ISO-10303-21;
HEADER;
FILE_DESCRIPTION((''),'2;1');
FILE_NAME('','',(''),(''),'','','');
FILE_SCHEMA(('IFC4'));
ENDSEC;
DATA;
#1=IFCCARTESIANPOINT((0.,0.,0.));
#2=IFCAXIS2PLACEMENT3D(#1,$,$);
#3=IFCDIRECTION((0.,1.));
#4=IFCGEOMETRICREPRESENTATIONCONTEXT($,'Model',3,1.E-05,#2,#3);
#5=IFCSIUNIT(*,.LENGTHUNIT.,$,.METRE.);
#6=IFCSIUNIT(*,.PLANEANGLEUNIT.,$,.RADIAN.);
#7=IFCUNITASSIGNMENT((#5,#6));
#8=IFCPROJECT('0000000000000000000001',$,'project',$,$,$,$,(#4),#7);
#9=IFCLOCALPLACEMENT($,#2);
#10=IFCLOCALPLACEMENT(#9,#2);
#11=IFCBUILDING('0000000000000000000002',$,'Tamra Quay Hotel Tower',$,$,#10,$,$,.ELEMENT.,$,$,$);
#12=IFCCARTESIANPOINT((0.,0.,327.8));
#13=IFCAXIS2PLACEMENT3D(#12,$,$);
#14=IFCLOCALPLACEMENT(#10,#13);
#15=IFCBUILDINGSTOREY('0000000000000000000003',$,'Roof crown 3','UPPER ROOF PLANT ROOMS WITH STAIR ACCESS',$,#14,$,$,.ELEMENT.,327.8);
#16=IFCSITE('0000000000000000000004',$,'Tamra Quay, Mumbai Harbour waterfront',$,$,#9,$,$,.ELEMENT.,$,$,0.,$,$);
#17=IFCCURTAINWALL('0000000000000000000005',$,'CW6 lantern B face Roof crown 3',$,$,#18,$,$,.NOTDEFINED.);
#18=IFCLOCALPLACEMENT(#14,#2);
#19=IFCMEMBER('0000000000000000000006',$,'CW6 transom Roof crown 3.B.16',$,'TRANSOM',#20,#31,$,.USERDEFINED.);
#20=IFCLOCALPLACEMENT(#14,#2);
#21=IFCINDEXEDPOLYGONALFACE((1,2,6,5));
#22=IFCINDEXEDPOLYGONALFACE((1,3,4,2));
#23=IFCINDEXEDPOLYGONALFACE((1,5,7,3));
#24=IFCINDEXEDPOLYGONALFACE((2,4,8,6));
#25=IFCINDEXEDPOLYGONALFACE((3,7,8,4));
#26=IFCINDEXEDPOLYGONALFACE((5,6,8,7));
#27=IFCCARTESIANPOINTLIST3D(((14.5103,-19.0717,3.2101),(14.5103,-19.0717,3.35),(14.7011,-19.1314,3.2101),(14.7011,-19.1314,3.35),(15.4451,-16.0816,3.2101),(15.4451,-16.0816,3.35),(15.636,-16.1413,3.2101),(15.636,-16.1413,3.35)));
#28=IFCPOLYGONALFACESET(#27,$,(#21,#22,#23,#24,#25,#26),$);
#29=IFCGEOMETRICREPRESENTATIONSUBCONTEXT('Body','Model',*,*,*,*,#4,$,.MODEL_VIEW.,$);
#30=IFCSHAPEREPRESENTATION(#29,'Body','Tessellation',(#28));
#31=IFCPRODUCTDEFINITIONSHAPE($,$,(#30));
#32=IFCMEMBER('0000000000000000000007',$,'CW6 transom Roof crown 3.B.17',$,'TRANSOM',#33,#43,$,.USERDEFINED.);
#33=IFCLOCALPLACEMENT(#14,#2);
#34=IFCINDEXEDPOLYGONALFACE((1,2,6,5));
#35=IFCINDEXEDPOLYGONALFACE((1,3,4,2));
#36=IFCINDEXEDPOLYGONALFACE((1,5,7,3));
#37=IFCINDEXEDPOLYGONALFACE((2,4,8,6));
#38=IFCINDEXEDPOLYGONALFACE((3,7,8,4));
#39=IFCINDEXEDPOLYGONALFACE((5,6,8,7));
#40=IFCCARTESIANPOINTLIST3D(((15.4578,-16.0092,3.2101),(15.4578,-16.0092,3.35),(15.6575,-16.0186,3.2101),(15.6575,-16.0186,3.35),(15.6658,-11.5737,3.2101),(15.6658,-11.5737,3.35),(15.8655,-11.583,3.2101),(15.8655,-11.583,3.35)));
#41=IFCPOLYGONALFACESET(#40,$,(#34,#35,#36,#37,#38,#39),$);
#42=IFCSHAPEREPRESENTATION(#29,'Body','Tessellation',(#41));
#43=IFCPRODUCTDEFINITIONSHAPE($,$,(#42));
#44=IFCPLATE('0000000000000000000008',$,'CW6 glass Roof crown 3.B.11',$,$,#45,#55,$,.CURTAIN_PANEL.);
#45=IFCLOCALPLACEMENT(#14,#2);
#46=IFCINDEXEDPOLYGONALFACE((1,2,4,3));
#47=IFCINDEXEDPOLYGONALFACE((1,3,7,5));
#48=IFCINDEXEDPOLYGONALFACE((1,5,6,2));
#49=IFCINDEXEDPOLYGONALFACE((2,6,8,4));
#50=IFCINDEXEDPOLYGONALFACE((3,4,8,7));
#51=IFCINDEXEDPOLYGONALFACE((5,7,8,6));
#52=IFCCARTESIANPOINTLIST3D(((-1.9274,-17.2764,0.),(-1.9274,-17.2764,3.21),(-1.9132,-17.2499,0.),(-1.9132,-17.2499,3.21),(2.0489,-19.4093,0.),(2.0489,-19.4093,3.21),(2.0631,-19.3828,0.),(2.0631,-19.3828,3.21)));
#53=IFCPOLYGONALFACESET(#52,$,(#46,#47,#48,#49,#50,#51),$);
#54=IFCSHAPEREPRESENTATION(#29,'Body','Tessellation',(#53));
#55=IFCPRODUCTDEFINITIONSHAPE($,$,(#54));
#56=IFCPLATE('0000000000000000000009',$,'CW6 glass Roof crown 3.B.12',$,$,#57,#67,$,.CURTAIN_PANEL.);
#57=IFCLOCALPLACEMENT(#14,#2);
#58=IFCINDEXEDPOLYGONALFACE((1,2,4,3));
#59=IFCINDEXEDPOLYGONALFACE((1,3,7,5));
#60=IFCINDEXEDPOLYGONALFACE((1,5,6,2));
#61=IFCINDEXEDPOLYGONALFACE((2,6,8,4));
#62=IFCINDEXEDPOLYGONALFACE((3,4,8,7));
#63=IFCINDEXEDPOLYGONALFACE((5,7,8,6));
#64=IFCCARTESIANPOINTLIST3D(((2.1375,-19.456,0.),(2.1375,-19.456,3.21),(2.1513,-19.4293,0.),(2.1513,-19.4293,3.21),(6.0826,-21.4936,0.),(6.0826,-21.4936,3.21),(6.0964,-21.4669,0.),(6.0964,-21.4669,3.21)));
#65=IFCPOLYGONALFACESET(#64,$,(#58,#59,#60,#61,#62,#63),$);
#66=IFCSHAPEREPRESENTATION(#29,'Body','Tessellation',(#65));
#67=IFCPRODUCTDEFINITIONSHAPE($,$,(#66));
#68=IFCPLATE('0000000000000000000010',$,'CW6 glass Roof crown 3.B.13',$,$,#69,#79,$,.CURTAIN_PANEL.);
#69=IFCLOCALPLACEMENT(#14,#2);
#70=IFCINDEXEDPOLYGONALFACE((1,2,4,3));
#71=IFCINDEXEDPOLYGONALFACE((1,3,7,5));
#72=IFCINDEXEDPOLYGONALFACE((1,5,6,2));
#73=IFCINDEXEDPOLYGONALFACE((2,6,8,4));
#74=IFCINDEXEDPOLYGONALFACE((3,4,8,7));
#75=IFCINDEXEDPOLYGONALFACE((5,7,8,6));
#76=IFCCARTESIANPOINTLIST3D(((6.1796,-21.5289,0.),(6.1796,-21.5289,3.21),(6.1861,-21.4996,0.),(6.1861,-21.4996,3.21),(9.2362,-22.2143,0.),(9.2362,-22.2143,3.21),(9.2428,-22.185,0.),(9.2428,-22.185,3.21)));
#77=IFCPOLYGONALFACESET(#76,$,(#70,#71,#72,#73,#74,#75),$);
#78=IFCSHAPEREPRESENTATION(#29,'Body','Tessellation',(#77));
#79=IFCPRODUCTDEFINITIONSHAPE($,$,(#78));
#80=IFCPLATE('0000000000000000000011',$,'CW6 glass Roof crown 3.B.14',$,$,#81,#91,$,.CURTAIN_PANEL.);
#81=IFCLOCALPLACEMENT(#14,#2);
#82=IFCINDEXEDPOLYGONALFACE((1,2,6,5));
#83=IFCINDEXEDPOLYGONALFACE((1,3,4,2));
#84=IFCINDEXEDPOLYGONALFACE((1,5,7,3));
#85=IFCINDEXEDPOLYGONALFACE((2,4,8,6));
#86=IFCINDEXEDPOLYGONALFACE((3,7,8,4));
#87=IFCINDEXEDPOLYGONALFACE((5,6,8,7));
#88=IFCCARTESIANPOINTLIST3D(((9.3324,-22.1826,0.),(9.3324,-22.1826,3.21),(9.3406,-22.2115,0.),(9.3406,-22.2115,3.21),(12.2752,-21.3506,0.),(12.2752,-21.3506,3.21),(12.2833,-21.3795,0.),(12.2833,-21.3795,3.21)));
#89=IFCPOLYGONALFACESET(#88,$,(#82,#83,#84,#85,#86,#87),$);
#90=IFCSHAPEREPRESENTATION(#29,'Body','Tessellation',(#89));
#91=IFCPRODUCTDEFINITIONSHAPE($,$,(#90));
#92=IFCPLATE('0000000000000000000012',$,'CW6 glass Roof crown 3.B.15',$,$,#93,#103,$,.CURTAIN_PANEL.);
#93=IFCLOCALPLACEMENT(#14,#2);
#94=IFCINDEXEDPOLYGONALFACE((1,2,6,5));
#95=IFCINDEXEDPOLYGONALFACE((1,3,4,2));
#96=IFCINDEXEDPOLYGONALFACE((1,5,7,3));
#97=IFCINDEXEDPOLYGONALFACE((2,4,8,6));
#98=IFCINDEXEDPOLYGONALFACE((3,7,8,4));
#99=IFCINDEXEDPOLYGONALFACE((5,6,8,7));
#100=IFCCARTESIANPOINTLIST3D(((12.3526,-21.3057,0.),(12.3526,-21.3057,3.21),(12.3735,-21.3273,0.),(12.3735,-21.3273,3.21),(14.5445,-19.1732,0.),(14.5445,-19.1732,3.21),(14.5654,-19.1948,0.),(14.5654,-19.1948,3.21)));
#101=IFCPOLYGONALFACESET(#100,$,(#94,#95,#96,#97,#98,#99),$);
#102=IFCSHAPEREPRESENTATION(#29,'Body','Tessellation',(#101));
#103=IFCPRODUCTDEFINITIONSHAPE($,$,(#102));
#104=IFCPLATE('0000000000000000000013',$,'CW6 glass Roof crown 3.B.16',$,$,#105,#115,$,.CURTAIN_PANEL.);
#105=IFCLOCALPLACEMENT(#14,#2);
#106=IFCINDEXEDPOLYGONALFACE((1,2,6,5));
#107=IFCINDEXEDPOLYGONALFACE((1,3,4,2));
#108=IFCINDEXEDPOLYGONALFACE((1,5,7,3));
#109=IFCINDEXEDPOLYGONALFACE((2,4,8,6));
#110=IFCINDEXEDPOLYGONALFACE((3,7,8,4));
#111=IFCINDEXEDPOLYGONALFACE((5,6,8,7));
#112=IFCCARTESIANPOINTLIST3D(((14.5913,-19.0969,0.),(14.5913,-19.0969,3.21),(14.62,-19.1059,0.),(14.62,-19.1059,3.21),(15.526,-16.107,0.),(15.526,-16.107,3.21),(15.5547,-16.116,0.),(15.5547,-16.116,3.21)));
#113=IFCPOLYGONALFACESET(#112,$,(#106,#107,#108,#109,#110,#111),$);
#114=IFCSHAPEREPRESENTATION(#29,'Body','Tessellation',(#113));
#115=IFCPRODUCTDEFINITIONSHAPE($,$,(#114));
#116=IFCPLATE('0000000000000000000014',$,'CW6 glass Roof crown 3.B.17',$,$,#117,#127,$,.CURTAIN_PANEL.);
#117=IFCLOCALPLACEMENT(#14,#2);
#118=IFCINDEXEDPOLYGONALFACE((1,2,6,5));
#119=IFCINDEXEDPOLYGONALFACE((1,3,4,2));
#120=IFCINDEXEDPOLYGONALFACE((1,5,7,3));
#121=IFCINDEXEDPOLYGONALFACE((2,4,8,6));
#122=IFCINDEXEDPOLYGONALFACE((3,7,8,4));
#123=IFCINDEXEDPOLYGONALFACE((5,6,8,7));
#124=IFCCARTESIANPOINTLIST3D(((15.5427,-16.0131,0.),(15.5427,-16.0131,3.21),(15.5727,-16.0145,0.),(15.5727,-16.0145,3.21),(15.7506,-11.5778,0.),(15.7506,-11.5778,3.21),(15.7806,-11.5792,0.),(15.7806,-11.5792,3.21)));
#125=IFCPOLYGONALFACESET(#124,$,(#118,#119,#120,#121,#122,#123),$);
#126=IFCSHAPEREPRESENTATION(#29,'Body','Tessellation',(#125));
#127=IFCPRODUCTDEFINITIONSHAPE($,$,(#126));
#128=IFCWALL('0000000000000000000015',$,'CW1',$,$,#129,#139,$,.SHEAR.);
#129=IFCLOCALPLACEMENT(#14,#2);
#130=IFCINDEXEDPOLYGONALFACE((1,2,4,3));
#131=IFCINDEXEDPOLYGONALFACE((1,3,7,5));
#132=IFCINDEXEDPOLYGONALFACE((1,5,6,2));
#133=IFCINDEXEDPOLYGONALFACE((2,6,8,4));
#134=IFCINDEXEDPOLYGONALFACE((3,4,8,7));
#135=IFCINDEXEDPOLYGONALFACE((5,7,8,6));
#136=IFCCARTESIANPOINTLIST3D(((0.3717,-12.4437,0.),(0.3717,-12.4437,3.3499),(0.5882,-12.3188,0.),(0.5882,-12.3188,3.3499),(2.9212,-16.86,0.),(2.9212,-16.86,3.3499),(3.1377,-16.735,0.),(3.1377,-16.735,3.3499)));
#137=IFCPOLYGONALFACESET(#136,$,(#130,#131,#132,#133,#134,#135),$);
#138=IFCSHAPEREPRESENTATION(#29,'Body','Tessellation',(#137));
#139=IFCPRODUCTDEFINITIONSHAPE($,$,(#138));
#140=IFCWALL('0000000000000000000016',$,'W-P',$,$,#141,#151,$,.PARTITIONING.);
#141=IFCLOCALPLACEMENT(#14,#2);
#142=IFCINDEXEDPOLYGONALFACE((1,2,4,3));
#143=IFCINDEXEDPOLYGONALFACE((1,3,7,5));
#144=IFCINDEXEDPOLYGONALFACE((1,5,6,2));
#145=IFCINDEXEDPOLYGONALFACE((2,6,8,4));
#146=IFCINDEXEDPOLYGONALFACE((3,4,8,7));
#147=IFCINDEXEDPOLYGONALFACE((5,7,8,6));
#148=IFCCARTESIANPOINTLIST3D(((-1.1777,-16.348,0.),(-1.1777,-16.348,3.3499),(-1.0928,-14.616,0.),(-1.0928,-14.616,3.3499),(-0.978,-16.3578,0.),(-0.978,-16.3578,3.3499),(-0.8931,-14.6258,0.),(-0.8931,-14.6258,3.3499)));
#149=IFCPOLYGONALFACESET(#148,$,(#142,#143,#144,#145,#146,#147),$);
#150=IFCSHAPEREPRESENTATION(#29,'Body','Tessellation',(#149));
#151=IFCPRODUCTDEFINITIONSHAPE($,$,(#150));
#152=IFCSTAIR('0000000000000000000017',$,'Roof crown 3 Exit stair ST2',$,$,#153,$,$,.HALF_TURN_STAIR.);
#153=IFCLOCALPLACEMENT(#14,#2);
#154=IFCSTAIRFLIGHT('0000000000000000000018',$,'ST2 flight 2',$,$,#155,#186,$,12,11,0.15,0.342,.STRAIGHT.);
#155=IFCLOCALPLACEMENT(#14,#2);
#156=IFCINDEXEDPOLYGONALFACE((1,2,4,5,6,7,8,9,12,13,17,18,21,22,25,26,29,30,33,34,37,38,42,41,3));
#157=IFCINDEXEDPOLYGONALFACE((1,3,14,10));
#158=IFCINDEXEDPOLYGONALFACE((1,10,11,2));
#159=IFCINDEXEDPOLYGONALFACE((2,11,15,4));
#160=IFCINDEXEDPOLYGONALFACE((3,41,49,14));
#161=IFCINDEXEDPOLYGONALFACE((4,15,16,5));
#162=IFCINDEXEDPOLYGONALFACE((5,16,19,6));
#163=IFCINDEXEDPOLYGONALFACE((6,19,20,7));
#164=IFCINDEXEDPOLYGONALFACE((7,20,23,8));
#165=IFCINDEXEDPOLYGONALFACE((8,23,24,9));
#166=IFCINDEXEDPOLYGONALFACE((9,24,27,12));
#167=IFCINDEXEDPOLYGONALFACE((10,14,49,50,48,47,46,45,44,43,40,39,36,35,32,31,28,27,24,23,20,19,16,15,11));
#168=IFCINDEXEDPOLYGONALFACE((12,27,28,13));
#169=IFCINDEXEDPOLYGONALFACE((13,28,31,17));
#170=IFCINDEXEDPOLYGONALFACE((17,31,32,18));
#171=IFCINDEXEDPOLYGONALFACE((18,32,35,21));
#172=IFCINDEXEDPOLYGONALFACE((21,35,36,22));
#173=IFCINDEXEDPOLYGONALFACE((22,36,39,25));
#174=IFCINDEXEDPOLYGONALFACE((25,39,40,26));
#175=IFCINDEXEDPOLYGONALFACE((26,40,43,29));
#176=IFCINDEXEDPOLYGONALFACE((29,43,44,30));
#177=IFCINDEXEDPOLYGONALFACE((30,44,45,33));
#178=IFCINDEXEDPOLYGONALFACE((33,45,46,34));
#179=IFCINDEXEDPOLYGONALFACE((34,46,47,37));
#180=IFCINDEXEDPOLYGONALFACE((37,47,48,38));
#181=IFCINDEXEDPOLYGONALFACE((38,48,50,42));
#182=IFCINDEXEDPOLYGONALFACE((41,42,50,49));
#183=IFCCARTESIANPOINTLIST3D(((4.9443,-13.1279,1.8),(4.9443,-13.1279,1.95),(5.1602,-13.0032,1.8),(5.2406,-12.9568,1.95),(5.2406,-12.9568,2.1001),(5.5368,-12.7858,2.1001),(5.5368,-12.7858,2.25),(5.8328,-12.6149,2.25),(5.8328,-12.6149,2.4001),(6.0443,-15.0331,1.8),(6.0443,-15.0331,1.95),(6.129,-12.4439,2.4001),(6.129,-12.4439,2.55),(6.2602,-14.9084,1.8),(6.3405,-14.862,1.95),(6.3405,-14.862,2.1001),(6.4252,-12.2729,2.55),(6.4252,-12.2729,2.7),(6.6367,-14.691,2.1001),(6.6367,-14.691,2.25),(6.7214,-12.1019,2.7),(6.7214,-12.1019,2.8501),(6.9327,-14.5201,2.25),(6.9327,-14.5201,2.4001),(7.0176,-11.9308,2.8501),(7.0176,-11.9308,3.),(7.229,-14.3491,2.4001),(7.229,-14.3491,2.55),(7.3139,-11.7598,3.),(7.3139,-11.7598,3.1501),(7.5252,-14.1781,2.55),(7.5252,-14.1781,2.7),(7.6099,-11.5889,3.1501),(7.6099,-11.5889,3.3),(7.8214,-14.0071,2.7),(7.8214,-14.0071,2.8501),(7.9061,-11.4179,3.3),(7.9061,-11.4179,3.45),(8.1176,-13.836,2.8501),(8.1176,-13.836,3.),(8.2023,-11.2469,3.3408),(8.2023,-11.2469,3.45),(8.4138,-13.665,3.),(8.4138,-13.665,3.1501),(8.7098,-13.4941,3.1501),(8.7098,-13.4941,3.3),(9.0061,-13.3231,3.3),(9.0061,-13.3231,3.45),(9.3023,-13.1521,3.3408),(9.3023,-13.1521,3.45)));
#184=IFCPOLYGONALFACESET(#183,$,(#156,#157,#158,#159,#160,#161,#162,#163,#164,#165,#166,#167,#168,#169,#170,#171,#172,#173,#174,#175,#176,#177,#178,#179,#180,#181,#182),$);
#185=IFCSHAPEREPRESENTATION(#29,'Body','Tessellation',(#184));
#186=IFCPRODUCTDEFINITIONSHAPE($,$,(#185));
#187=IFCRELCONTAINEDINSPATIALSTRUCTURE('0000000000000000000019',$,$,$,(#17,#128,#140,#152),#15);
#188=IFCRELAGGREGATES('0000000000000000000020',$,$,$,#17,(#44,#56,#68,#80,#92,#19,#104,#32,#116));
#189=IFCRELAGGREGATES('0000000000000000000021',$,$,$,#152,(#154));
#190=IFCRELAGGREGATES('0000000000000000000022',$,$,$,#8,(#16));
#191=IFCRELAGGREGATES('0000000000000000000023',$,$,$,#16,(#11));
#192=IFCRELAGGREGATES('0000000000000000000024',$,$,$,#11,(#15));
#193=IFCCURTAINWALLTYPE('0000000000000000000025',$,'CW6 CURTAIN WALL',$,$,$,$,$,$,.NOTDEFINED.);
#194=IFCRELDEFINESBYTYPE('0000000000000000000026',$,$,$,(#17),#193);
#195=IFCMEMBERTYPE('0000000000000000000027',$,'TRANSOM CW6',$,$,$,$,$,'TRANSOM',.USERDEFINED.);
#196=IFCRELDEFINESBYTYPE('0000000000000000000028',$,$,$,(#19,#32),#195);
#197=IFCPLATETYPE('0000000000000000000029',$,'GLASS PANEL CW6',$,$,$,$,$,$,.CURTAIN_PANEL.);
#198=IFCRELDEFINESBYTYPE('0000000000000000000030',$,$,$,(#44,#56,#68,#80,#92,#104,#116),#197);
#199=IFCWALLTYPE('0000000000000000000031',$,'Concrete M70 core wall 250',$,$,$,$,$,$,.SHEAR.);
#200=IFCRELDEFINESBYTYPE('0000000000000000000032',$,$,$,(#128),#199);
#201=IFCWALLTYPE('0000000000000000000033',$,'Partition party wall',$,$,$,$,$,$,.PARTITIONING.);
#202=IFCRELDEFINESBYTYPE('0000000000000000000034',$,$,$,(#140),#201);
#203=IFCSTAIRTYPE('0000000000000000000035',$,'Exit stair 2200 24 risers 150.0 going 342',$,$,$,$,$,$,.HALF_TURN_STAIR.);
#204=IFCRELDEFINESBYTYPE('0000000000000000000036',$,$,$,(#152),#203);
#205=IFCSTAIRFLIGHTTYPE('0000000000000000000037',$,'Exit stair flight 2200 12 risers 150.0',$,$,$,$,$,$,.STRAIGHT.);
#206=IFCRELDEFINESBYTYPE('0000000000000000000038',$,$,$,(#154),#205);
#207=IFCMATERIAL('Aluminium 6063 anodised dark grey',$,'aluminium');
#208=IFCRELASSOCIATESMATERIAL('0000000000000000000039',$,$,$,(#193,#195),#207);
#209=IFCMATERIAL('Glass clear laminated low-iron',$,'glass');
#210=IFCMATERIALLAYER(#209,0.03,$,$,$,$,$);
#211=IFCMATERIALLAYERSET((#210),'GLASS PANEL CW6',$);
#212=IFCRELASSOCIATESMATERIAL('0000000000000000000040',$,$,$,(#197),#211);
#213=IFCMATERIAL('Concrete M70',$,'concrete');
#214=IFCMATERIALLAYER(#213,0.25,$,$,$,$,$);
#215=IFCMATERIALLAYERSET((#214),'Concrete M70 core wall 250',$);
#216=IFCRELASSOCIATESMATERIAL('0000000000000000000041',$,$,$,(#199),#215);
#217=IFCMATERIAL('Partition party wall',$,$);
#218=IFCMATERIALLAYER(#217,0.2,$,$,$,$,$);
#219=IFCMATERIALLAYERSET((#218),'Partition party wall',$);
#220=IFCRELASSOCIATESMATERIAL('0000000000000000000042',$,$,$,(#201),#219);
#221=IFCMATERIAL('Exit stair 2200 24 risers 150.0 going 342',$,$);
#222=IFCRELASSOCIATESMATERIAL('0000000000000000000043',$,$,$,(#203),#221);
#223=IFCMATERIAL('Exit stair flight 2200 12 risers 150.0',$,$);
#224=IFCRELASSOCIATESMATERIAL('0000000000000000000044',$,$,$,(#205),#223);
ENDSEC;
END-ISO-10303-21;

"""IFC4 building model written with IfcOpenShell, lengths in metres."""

from ifc_helpers import new_model, si_unit, direction, frame, frame_2d, origin, origin_2d, place, context, subcontext, project, spatial, polyline, rectangle, outline, extrude, material, layer, layer_set, material_profile, profile_set, type_object, element, aggregate, save


model = new_model("IFC4")

# Units and contexts
model_context = context("Model", 3, precision=1e-05, world=origin(), true_north=direction((0.0, 1.0)))
body_context = subcontext(model_context, "Body", "Model", "MODEL_VIEW")
ifc_project = project(units=[si_unit("LENGTHUNIT", "METRE"), si_unit("PLANEANGLEUNIT", "RADIAN")], contexts=[model_context])

# Site, building, storey
site_placement = place(None, origin())
site = spatial("IfcSite", under=ifc_project, at=site_placement, Name="Tamra Quay, Mumbai Harbour waterfront", CompositionType="ELEMENT", RefElevation=0.0)
building_placement = place(site_placement, origin())
building = spatial("IfcBuilding", under=site, at=building_placement, Name="Tamra Quay Hotel Tower", CompositionType="ELEMENT")
storey_placement = place(building_placement, frame((0.0, 0.0, 327.8)))
storey = spatial("IfcBuildingStorey", under=building, at=storey_placement, Name="Roof crown 3", Description="UPPER ROOF PLANT ROOMS WITH STAIR ACCESS", CompositionType="ELEMENT", Elevation=327.8)

# Curtain wall, members, plates
ifc_material_1 = material(Name="Aluminium 6063 anodised dark grey", Category="aluminium")
curtain_wall_type = type_object("IfcCurtainWallType", Name="CW6 CURTAIN WALL", PredefinedType="NOTDEFINED", material=ifc_material_1)
curtain_wall_placement = place(storey_placement, origin())
curtain_wall = element("IfcCurtainWall", 1, at=curtain_wall_placement, inside=storey, type_object=curtain_wall_type, Name="CW6 lantern B face Roof crown 3", PredefinedType="NOTDEFINED")
ifc_material_profile_1 = material_profile(ifc_material_1, rectangle(XDim=0.2, YDim=0.1399, at=origin_2d()), Name="TRANSOM 200X140")
ifc_profile_set_1 = profile_set([ifc_material_profile_1], Name="Aluminium 6063 anodised dark grey")
member_type_1 = type_object("IfcMemberType", Name="TRANSOM CW6", ElementType="TRANSOM", PredefinedType="USERDEFINED", material=ifc_profile_set_1)
member_1_placement = place(storey_placement, frame((14.6057, -19.1016, 3.28), z_axis=(0.298404, 0.95444, 0.0), x_axis=(-0.95444, 0.298404, 0.0)))
member_1 = element("IfcMember", 2, at=member_1_placement, type_object=member_type_1, Name="CW6 transom Roof crown 3.B.16", ObjectType="TRANSOM", PredefinedType="USERDEFINED", context=body_context, shape_type="SweptSolid", body=[
    extrude(rectangle(XDim=0.2, YDim=0.1399, at=origin_2d()), origin(), (0.0, 0.0, 1.0), 3.1328),
])
member_2_placement = place(storey_placement, frame((15.5576, -16.0139, 3.28), z_axis=(0.046844, 0.998902, 0.0), x_axis=(-0.998902, 0.046844, 0.0)))
member_2 = element("IfcMember", 3, at=member_2_placement, type_object=member_type_1, Name="CW6 transom Roof crown 3.B.17", ObjectType="TRANSOM", PredefinedType="USERDEFINED", context=body_context, shape_type="SweptSolid", body=[
    extrude(rectangle(XDim=0.2, YDim=0.1399, at=origin_2d()), origin(), (0.0, 0.0, 1.0), 4.4404),
])
ifc_material_2 = material(Name="Glass clear laminated low-iron", Category="glass")
ifc_layer_1 = layer(ifc_material_2, 0.03)
ifc_layer_set_1 = layer_set([ifc_layer_1], Name="GLASS PANEL CW6")
plate_type = type_object("IfcPlateType", Name="GLASS PANEL CW6", PredefinedType="CURTAIN_PANEL", material=ifc_layer_set_1)
plate_1_placement = place(storey_placement, frame((0.0679, -18.3296, 0.0), z_axis=(0.0, 0.0, 1.0), x_axis=(0.881224, -0.4727, 0.0)))
plate_1 = element("IfcPlate", 4, at=plate_1_placement, type_object=plate_type, Name="CW6 glass Roof crown 3.B.11", PredefinedType="CURTAIN_PANEL", context=body_context, shape_type="SweptSolid", body=[
    extrude(rectangle(XDim=4.5122, YDim=0.03, at=origin_2d()), origin(), (0.0, 0.0, 1.0), 3.21),
])
plate_2_placement = place(storey_placement, frame((4.1169, -20.4614, 0.0), z_axis=(0.0, 0.0, 1.0), x_axis=(0.888486, -0.458903, 0.0)))
plate_2 = element("IfcPlate", 5, at=plate_2_placement, type_object=plate_type, Name="CW6 glass Roof crown 3.B.12", PredefinedType="CURTAIN_PANEL", context=body_context, shape_type="SweptSolid", body=[
    extrude(rectangle(XDim=4.4402, YDim=0.03, at=origin_2d()), origin(), (0.0, 0.0, 1.0), 3.21),
])
plate_3_placement = place(storey_placement, frame((7.7112, -21.8569, 0.0), z_axis=(0.0, 0.0, 1.0), x_axis=(0.975768, -0.218806, 0.0)))
plate_3 = element("IfcPlate", 6, at=plate_3_placement, type_object=plate_type, Name="CW6 glass Roof crown 3.B.13", PredefinedType="CURTAIN_PANEL", context=body_context, shape_type="SweptSolid", body=[
    extrude(rectangle(XDim=3.1326, YDim=0.03, at=origin_2d()), origin(), (0.0, 0.0, 1.0), 3.21),
])
plate_4_placement = place(storey_placement, frame((10.8079, -21.781, 0.0), z_axis=(0.0, 0.0, 1.0), x_axis=(0.96228, 0.272062, 0.0)))
plate_4 = element("IfcPlate", 7, at=plate_4_placement, type_object=plate_type, Name="CW6 glass Roof crown 3.B.14", PredefinedType="CURTAIN_PANEL", context=body_context, shape_type="SweptSolid", body=[
    extrude(rectangle(XDim=3.0581, YDim=0.03, at=origin_2d()), origin(), (0.0, 0.0, 1.0), 3.21),
])
plate_5_placement = place(storey_placement, frame((13.459, -20.2502, 0.0), z_axis=(0.0, 0.0, 1.0), x_axis=(0.716753, 0.697327, 0.0)))
plate_5 = element("IfcPlate", 8, at=plate_5_placement, type_object=plate_type, Name="CW6 glass Roof crown 3.B.15", PredefinedType="CURTAIN_PANEL", context=body_context, shape_type="SweptSolid", body=[
    extrude(rectangle(XDim=3.0581, YDim=0.03, at=origin_2d()), origin(), (0.0, 0.0, 1.0), 3.21),
])
plate_6_placement = place(storey_placement, frame((15.073, -17.6064, 0.0), z_axis=(0.0, 0.0, 1.0), x_axis=(0.298392, 0.954443, 0.0)))
plate_6 = element("IfcPlate", 9, at=plate_6_placement, type_object=plate_type, Name="CW6 glass Roof crown 3.B.16", PredefinedType="CURTAIN_PANEL", context=body_context, shape_type="SweptSolid", body=[
    extrude(rectangle(XDim=3.1326, YDim=0.03, at=origin_2d()), origin(), (0.0, 0.0, 1.0), 3.21),
])
plate_7_placement = place(storey_placement, frame((15.6616, -13.7961, 0.0), z_axis=(0.0, 0.0, 1.0), x_axis=(0.046821, 0.998903, 0.0)))
plate_7 = element("IfcPlate", 10, at=plate_7_placement, type_object=plate_type, Name="CW6 glass Roof crown 3.B.17", PredefinedType="CURTAIN_PANEL", context=body_context, shape_type="SweptSolid", body=[
    extrude(rectangle(XDim=4.4402, YDim=0.03, at=origin_2d()), origin(), (0.0, 0.0, 1.0), 3.21),
])
aggregate(curtain_wall, [plate_1, plate_2, plate_3, plate_4, plate_5, member_1, plate_6, member_2, plate_7])

# Walls
ifc_material_3 = material(Name="Concrete M70", Category="concrete")
ifc_layer_2 = layer(ifc_material_3, 0.25)
ifc_layer_set_2 = layer_set([ifc_layer_2], Name="Concrete M70 core wall 250")
wall_type_1 = type_object("IfcWallType", Name="Concrete M70 core wall 250", PredefinedType="SHEAR", material=ifc_layer_set_2)
wall_1_placement = place(storey_placement, frame((3.0295, -16.7976, 0.0), z_axis=(0.0, 0.0, 1.0), x_axis=(-0.499975, 0.86604, 0.0)))
element("IfcWall", 11, at=wall_1_placement, inside=storey, type_object=wall_type_1, Name="CW1", PredefinedType="SHEAR", context=body_context, shape_type="SweptSolid", body=[
    extrude(rectangle(XDim=5.0994, YDim=0.25, at=frame_2d((2.5498, 0.0))), origin(), (0.0, 0.0, 1.0), 3.3499),
])
ifc_material_4 = material(Name="Partition party wall")
ifc_layer_3 = layer(ifc_material_4, 0.2)
ifc_layer_set_3 = layer_set([ifc_layer_3], Name="Partition party wall")
wall_type_2 = type_object("IfcWallType", Name="Partition party wall", PredefinedType="PARTITIONING", material=ifc_layer_set_3)
wall_2_placement = place(storey_placement, frame((-1.0779, -16.353, 0.0), z_axis=(0.0, 0.0, 1.0), x_axis=(0.048997, 0.998799, 0.0)))
element("IfcWall", 12, at=wall_2_placement, inside=storey, type_object=wall_type_2, Name="W-P", PredefinedType="PARTITIONING", context=body_context, shape_type="SweptSolid", body=[
    extrude(rectangle(XDim=1.7341, YDim=0.2, at=frame_2d((0.8672, 0.0))), origin(), (0.0, 0.0, 1.0), 3.3499),
])

# Stair, stair flight
ifc_material_5 = material(Name="Exit stair 2200 24 risers 150.0 going 342")
stair_type = type_object("IfcStairType", Name="Exit stair 2200 24 risers 150.0 going 342", PredefinedType="HALF_TURN_STAIR", material=ifc_material_5)
stair_placement = place(storey_placement, origin())
stair = element("IfcStair", 13, at=stair_placement, inside=storey, type_object=stair_type, Name="Roof crown 3 Exit stair ST2", PredefinedType="HALF_TURN_STAIR")
ifc_material_6 = material(Name="Exit stair flight 2200 12 risers 150.0")
stair_flight_type = type_object("IfcStairFlightType", Name="Exit stair flight 2200 12 risers 150.0", PredefinedType="STRAIGHT", material=ifc_material_6)
stair_flight_placement = place(storey_placement, frame((5.4944, -14.0806, 1.8), z_axis=(0.0, 0.0, 1.0), x_axis=(0.866025, 0.5, 0.0)))
stair_flight = element("IfcStairFlight", 14, at=stair_flight_placement, type_object=stair_flight_type, Name="ST2 flight 2", NumberOfRisers=12, NumberOfTreads=11, PredefinedType="STRAIGHT", RiserHeight=0.15, TreadLength=0.342, context=body_context, shape_type="SweptSolid", body=[
    extrude(outline(polyline([(0.0, 0.0), (0.0, 0.1499), (0.342, 0.1499), (0.342, 0.3), (0.6841, 0.3), (0.6841, 0.45), (1.0259, 0.45), (1.0259, 0.6001), (1.3679, 0.6001), (1.3679, 0.75), (1.71, 0.75), (1.71, 0.8999), (2.052, 0.8999), (2.052, 1.05), (2.394, 1.05), (2.394, 1.2), (2.7361, 1.2), (2.7361, 1.3501), (3.0779, 1.3501), (3.0779, 1.5), (3.4199, 1.5), (3.4199, 1.6499), (3.762, 1.6499), (3.762, 1.8), (3.762, 1.5408), (0.2493, 0.0), (0.0, 0.0)])), frame((0.0, 1.1001, 0.0), z_axis=(0.0, -1.0, 0.0), x_axis=(1.0, 0.0, 0.0)), (0.0, 0.0, 1.0), 2.2),
])
aggregate(stair, [stair_flight])

save(model, "model.ifc")
